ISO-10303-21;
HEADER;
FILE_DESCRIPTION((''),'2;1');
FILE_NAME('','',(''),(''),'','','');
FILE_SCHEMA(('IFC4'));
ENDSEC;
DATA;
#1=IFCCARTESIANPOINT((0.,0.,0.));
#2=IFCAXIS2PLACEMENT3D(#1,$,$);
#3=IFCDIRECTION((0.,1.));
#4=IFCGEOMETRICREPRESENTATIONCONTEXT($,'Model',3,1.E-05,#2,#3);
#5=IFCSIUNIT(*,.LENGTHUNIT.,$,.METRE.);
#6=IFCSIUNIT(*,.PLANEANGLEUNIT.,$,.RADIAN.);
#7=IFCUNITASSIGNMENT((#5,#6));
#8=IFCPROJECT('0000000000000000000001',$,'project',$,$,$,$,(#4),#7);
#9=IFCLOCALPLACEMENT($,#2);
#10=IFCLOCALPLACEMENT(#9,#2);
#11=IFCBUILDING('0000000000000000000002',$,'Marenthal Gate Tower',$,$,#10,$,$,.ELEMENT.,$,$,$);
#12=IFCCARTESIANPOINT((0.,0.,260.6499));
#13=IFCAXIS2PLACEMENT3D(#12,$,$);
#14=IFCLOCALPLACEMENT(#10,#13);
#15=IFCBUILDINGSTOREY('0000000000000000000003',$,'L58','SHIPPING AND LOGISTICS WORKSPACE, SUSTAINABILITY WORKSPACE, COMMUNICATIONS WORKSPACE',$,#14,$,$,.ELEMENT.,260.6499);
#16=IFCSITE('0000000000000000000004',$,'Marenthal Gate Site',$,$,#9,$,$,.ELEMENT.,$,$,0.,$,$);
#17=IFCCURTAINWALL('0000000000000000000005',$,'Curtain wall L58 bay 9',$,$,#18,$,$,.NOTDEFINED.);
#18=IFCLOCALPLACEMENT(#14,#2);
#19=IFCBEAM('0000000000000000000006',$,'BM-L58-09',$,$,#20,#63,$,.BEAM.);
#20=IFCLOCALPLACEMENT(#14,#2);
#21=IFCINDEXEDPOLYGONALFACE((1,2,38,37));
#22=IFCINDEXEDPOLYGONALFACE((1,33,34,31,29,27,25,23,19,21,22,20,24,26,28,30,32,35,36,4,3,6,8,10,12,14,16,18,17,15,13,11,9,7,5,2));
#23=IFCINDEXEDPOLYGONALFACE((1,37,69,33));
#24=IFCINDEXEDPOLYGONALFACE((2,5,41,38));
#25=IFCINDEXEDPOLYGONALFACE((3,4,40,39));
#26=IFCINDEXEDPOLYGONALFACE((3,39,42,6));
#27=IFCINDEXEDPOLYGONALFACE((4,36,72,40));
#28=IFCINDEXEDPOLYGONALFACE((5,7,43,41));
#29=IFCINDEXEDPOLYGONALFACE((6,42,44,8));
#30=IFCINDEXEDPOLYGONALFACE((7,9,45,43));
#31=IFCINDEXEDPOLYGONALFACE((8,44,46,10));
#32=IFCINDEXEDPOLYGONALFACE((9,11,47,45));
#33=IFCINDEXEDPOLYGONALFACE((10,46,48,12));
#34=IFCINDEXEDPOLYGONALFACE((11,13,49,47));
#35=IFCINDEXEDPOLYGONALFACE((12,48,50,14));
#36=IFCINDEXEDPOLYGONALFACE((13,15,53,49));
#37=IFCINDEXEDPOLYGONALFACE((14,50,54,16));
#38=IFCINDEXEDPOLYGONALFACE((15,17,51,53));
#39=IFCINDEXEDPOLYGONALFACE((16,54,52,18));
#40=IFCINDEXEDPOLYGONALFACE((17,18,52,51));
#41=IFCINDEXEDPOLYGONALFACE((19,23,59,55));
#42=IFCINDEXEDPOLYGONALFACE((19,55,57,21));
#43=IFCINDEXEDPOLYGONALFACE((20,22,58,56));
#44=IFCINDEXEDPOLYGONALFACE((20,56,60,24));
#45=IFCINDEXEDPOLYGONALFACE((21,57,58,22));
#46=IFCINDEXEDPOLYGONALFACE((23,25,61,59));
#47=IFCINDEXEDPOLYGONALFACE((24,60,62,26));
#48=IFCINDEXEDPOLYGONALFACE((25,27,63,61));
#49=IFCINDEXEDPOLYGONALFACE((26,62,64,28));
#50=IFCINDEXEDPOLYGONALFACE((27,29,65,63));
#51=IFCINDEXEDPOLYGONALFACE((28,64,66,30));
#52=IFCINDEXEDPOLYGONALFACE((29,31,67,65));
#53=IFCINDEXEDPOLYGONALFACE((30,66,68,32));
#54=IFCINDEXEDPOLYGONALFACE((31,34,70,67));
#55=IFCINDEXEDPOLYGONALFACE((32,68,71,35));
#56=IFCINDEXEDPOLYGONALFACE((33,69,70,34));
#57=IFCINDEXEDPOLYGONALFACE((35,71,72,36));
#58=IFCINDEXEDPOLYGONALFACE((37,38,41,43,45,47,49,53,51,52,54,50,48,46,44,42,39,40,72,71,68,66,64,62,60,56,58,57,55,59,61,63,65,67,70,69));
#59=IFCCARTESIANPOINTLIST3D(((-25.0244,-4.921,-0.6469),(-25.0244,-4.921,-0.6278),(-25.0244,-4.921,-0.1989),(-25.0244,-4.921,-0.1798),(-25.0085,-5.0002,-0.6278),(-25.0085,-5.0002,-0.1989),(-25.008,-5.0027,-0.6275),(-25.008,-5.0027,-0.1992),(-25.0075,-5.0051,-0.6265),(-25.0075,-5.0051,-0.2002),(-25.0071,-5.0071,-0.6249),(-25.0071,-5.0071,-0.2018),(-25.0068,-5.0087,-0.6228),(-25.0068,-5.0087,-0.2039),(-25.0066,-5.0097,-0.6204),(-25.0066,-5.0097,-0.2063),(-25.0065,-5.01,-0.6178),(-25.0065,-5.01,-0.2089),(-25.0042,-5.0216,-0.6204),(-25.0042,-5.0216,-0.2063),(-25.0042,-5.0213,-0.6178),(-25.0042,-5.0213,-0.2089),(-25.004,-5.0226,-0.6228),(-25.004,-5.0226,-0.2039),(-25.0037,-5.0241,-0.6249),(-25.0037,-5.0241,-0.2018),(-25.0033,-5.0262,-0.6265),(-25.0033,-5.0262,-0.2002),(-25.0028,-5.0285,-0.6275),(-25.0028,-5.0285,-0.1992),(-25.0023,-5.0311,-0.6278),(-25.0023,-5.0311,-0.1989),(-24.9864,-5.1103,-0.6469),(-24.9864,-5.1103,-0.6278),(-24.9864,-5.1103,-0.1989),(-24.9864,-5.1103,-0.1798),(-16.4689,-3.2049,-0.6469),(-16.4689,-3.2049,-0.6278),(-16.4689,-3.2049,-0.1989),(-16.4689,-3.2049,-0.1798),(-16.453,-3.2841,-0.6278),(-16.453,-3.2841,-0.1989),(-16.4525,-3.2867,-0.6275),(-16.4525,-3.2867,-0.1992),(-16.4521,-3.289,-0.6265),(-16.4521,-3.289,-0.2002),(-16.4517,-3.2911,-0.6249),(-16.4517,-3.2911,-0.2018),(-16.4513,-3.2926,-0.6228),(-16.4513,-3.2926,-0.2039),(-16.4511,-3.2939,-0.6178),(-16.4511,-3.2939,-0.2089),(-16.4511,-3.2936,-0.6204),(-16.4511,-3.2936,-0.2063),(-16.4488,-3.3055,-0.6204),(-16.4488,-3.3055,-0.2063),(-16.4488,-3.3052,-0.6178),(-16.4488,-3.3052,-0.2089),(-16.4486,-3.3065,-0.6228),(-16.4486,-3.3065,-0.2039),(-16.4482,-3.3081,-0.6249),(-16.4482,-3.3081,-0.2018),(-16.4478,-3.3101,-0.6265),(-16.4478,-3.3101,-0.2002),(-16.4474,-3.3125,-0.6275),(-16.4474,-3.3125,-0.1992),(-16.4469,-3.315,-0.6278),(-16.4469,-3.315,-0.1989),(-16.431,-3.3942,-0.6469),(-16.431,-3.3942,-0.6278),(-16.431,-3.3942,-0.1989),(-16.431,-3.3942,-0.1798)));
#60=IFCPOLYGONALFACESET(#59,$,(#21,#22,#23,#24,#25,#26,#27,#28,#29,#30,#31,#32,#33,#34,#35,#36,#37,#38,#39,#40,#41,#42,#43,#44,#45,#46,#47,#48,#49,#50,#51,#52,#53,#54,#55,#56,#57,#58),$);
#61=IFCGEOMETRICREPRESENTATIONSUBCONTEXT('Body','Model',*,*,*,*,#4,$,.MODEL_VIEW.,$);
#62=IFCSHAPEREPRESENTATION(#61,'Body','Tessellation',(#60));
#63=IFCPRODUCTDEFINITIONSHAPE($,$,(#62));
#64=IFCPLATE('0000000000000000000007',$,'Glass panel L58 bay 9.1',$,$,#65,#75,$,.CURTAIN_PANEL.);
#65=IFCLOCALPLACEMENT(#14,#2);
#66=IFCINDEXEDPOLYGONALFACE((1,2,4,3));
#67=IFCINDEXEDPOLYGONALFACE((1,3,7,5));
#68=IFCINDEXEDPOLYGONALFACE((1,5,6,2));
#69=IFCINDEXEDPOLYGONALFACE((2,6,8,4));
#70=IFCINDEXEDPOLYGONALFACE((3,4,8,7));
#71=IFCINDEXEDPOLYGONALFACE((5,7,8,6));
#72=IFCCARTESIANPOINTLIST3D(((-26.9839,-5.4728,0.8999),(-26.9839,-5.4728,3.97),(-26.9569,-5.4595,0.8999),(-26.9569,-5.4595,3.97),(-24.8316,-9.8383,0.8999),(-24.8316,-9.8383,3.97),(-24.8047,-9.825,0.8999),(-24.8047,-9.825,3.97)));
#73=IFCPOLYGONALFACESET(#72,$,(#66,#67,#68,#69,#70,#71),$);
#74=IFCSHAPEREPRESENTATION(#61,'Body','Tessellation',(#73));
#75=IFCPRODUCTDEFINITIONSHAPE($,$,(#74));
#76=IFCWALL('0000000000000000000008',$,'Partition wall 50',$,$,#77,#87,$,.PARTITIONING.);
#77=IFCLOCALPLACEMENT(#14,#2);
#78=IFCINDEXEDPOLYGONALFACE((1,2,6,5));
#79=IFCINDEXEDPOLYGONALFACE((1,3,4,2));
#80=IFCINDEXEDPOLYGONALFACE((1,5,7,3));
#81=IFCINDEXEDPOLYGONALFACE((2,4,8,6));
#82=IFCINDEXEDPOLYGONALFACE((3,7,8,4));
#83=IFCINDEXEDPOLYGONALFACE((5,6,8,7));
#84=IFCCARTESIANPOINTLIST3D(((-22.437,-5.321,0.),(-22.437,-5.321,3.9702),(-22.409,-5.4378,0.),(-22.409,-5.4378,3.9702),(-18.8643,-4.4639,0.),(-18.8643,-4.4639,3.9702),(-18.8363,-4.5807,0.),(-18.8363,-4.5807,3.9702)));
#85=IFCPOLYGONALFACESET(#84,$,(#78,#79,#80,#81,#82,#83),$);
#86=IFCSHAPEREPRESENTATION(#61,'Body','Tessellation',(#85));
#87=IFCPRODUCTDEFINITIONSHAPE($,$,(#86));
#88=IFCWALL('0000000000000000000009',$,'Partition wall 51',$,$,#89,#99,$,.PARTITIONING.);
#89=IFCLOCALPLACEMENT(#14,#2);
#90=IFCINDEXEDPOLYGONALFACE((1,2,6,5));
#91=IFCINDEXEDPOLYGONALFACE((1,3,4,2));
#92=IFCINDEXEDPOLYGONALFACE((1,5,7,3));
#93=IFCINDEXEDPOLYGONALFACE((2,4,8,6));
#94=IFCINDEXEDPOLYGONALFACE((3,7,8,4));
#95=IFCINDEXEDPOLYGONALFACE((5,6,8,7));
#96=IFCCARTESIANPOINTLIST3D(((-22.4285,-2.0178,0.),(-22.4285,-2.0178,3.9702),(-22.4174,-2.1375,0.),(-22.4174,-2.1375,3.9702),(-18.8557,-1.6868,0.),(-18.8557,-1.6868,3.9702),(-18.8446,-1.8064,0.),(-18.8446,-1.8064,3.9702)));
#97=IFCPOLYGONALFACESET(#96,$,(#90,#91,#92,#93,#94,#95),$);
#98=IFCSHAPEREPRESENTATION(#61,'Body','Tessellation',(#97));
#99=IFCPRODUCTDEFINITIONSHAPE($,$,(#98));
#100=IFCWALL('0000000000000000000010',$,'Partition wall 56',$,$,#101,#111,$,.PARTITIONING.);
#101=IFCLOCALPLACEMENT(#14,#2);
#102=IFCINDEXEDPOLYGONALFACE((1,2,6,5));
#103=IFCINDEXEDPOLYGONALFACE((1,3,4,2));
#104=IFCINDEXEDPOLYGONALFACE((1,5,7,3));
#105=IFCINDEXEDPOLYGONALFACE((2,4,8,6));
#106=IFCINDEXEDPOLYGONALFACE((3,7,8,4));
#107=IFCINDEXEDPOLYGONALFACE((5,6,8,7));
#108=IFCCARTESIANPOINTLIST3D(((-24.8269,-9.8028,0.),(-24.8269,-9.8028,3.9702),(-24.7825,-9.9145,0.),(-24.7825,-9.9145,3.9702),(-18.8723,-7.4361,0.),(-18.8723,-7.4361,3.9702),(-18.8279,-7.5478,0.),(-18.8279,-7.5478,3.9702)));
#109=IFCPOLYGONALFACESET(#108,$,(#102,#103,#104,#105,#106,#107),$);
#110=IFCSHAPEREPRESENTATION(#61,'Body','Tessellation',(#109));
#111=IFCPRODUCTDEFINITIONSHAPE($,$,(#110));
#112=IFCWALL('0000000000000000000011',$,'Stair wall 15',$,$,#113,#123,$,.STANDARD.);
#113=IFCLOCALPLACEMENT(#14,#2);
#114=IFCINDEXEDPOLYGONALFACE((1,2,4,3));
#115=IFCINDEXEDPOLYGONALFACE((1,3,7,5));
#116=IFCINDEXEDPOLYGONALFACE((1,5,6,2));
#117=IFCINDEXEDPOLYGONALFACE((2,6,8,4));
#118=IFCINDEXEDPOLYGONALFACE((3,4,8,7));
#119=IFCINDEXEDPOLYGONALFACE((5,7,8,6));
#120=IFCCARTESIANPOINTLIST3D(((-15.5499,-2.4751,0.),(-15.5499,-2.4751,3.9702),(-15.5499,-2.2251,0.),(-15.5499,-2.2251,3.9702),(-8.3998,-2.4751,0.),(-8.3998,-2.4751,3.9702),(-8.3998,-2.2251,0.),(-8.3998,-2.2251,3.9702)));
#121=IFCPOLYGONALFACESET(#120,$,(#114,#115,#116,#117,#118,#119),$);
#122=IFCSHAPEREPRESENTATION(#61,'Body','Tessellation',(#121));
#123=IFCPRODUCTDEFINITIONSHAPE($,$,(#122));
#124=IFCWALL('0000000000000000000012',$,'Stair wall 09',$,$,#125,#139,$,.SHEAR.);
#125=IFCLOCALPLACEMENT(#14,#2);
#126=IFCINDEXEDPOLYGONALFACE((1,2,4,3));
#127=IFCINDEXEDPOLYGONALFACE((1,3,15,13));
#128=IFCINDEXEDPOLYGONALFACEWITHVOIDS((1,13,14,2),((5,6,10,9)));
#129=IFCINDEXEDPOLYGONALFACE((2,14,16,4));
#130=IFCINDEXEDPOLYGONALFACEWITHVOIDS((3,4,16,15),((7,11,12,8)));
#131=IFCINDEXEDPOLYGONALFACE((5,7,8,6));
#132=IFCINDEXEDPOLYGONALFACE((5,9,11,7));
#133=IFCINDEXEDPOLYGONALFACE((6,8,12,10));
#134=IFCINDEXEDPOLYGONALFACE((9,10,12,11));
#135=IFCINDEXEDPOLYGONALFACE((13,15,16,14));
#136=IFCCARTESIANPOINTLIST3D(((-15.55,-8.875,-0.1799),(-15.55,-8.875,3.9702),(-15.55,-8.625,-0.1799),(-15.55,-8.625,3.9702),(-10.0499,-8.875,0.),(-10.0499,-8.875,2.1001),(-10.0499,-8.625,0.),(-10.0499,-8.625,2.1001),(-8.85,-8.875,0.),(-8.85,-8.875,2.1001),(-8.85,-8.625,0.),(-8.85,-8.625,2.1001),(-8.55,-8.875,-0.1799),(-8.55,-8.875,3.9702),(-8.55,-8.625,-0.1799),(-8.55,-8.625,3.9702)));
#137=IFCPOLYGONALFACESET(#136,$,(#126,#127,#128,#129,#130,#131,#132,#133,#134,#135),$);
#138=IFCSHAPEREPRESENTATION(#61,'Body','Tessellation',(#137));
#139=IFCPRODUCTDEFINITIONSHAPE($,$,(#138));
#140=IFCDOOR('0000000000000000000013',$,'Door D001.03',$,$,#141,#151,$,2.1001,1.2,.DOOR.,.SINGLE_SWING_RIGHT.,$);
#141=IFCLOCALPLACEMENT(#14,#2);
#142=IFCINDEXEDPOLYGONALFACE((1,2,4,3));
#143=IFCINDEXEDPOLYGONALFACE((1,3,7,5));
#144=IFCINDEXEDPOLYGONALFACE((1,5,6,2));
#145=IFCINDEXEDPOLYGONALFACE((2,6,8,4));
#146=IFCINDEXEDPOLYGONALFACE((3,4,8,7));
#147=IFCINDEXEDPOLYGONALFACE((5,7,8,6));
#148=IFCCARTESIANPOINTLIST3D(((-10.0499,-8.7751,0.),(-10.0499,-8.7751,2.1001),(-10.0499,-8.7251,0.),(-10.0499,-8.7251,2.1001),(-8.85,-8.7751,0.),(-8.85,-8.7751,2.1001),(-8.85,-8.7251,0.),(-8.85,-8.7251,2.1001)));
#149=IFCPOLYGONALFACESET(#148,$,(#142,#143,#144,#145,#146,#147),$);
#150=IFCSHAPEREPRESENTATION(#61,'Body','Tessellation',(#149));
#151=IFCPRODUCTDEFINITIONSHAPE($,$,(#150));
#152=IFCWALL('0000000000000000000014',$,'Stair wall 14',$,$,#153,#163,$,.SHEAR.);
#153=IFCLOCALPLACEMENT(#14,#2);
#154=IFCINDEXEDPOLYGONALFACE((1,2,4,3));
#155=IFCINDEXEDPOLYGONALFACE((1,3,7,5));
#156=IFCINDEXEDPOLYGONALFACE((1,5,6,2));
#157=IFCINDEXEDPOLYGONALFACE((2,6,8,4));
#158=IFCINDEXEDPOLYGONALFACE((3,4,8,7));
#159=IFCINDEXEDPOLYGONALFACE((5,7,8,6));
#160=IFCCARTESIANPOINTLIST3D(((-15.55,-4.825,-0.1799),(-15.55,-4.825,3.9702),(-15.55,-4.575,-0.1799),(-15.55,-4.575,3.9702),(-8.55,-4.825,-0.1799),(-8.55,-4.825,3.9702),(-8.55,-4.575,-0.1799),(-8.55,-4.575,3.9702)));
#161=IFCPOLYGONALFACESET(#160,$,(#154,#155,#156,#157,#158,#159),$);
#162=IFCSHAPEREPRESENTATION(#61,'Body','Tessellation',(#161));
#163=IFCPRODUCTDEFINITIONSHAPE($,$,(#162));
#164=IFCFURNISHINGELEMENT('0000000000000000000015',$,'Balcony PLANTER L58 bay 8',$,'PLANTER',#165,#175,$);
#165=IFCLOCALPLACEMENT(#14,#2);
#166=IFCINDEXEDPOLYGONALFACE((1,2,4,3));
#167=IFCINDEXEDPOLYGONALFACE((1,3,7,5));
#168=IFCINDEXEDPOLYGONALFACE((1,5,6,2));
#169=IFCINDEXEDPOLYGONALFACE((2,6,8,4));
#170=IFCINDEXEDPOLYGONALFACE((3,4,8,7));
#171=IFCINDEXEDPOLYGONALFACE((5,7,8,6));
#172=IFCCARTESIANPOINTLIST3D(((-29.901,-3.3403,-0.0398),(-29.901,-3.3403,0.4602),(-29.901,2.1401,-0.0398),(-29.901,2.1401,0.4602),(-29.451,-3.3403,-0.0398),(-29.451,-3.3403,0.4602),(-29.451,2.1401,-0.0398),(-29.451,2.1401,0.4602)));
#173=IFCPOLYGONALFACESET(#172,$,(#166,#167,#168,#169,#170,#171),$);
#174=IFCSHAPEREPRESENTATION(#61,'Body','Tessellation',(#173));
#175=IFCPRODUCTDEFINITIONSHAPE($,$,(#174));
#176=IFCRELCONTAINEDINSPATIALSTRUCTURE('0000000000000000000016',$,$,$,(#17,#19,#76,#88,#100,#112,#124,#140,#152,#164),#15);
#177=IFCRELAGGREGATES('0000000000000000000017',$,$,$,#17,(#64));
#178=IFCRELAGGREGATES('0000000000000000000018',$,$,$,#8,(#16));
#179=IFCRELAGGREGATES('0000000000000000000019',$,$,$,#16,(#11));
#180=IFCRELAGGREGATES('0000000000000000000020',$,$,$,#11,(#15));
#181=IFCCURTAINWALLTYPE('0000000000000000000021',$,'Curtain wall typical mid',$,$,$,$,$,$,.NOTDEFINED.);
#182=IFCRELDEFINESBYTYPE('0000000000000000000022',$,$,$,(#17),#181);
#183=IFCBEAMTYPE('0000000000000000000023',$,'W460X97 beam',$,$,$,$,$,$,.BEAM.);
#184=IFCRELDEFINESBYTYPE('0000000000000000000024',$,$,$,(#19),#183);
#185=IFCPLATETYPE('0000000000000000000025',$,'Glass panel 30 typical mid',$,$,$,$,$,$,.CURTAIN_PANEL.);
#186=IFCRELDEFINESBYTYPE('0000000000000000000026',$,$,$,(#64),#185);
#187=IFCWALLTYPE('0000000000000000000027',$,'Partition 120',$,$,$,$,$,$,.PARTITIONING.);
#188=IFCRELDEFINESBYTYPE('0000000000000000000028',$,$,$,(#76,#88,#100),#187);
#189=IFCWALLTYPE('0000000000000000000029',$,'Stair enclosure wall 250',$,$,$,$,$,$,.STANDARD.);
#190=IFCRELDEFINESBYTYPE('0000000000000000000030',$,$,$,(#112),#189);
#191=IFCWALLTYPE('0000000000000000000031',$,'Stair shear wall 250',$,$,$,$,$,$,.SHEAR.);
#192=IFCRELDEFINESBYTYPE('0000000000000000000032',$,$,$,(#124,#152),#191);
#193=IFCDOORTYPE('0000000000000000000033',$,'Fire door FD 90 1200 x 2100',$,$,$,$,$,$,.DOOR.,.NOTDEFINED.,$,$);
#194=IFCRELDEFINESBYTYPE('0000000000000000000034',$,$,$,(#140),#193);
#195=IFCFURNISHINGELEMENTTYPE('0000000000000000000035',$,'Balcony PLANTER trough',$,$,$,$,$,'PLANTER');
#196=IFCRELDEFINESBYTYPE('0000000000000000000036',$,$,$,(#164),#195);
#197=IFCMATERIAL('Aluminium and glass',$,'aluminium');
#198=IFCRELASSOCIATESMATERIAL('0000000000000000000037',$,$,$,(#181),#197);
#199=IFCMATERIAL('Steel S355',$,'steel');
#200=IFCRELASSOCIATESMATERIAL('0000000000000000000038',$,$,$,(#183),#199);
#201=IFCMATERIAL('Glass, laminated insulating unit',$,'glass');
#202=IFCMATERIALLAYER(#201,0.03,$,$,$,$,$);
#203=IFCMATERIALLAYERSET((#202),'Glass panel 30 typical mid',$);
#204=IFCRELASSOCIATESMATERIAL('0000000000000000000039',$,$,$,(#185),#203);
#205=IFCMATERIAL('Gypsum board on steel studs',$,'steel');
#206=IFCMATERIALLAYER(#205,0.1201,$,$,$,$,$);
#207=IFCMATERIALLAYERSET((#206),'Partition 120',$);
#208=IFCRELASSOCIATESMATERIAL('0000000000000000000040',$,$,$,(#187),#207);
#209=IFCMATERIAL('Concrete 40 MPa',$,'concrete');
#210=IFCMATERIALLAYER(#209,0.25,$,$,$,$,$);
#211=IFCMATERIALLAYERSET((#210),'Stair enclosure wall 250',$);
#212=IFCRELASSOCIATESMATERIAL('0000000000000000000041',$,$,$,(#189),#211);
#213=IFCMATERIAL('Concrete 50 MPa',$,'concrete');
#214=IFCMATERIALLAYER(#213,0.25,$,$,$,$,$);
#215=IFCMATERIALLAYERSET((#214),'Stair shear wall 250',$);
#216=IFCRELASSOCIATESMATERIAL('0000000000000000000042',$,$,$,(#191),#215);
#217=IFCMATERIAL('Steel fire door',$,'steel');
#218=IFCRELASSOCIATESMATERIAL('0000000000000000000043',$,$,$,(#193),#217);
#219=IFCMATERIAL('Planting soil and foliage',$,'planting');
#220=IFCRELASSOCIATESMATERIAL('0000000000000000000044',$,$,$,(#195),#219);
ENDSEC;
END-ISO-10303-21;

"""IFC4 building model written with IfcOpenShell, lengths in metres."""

from ifc_helpers import new_model, si_unit, direction, frame, frame_2d, origin, origin_2d, place, context, subcontext, project, spatial, rectangle, i_section, extrude, material, layer, layer_set, material_profile, profile_set, type_object, element, fill, aggregate, save


model = new_model("IFC4")

# Units and contexts
model_context = context("Model", 3, precision=1e-05, world=origin(), true_north=direction((0.0, 1.0)))
body_context = subcontext(model_context, "Body", "Model", "MODEL_VIEW")
ifc_project = project(units=[si_unit("LENGTHUNIT", "METRE"), si_unit("PLANEANGLEUNIT", "RADIAN")], contexts=[model_context])

# Site, building, storey
site_placement = place(None, origin())
site = spatial("IfcSite", under=ifc_project, at=site_placement, Name="Marenthal Gate Site", CompositionType="ELEMENT", RefElevation=0.0)
building_placement = place(site_placement, origin())
building = spatial("IfcBuilding", under=site, at=building_placement, Name="Marenthal Gate Tower", CompositionType="ELEMENT")
storey_placement = place(building_placement, frame((0.0, 0.0, 260.6499)))
storey = spatial("IfcBuildingStorey", under=building, at=storey_placement, Name="L58", Description="SHIPPING AND LOGISTICS WORKSPACE, SUSTAINABILITY WORKSPACE, COMMUNICATIONS WORKSPACE", CompositionType="ELEMENT", Elevation=260.6499)

# Curtain wall
ifc_material_1 = material(Name="Aluminium and glass", Category="aluminium")
curtain_wall_type = type_object("IfcCurtainWallType", Name="Curtain wall typical mid", PredefinedType="NOTDEFINED", material=ifc_material_1)
curtain_wall_placement = place(storey_placement, origin())
curtain_wall = element("IfcCurtainWall", 1, at=curtain_wall_placement, inside=storey, type_object=curtain_wall_type, Name="Curtain wall L58 bay 9", PredefinedType="NOTDEFINED")

# Beam
ifc_material_2 = material(Name="Steel S355", Category="steel")
ifc_material_profile_1 = material_profile(ifc_material_2, i_section(OverallWidth=0.1931, OverallDepth=0.467, WebThickness=0.0115, FlangeThickness=0.019, FilletRadius=0.01, at=origin_2d()), Name="W460X97")
ifc_profile_set_1 = profile_set([ifc_material_profile_1], Name="Steel S355")
beam_type_1 = type_object("IfcBeamType", Name="W460X97 beam", PredefinedType="BEAM", material=ifc_profile_set_1)
beam_1_placement = place(storey_placement, frame((-25.0054, -5.0156, -0.4133), z_axis=(0.980471, 0.196665, 0.0), x_axis=(-0.196665, 0.980471, 0.0)))
element("IfcBeam", 2, at=beam_1_placement, inside=storey, type_object=beam_type_1, Name="BM-L58-09", PredefinedType="BEAM", context=body_context, shape_type="SweptSolid", body=[
    extrude(i_section(OverallWidth=0.1931, OverallDepth=0.467, WebThickness=0.0115, FlangeThickness=0.019, FilletRadius=0.01, at=origin_2d()), origin(), (0.0, 0.0, 1.0), 8.7258),
])

# Plate
ifc_material_3 = material(Name="Glass, laminated insulating unit", Category="glass")
ifc_layer_1 = layer(ifc_material_3, 0.03)
ifc_layer_set_1 = layer_set([ifc_layer_1], Name="Glass panel 30 typical mid")
plate_type = type_object("IfcPlateType", Name="Glass panel 30 typical mid", PredefinedType="CURTAIN_PANEL", material=ifc_layer_set_1)
plate_placement = place(storey_placement, frame((-25.8943, -7.6489, 0.8999), z_axis=(0.0, 0.0, 1.0), x_axis=(0.442192, -0.896921, 0.0)))
plate = element("IfcPlate", 3, at=plate_placement, type_object=plate_type, Name="Glass panel L58 bay 9.1", PredefinedType="CURTAIN_PANEL", context=body_context, shape_type="SweptSolid", body=[
    extrude(rectangle(XDim=4.8672, YDim=0.03, at=origin_2d()), origin(), (0.0, 0.0, 1.0), 3.0701),
])
aggregate(curtain_wall, [plate])

# Walls
ifc_material_4 = material(Name="Gypsum board on steel studs", Category="steel")
ifc_layer_2 = layer(ifc_material_4, 0.1201)
ifc_layer_set_2 = layer_set([ifc_layer_2], Name="Partition 120")
wall_type_1 = type_object("IfcWallType", Name="Partition 120", PredefinedType="PARTITIONING", material=ifc_layer_set_2)
wall_1_placement = place(storey_placement, frame((-22.4229, -5.3794, 0.0), z_axis=(0.0, 0.0, 1.0), x_axis=(0.972405, 0.2333, 0.0)))
element("IfcWall", 4, at=wall_1_placement, inside=storey, type_object=wall_type_1, Name="Partition wall 50", PredefinedType="PARTITIONING", context=body_context, shape_type="SweptSolid", body=[
    extrude(rectangle(XDim=3.6741, YDim=0.1201, at=frame_2d((1.8369, 0.0))), origin(), (0.0, 0.0, 1.0), 3.9702),
])
wall_2_placement = place(storey_placement, frame((-22.4229, -2.0776, 0.0), z_axis=(0.0, 0.0, 1.0), x_axis=(0.995734, 0.092266, 0.0)))
element("IfcWall", 5, at=wall_2_placement, inside=storey, type_object=wall_type_1, Name="Partition wall 51", PredefinedType="PARTITIONING", context=body_context, shape_type="SweptSolid", body=[
    extrude(rectangle(XDim=3.5881, YDim=0.1201, at=frame_2d((1.7939, 0.0))), origin(), (0.0, 0.0, 1.0), 3.9702),
])
wall_3_placement = place(storey_placement, frame((-18.8501, -7.4919, 0.0), z_axis=(0.0, 0.0, 1.0), x_axis=(-0.929289, -0.369353, 0.0)))
element("IfcWall", 6, at=wall_3_placement, inside=storey, type_object=wall_type_1, Name="Partition wall 56", PredefinedType="PARTITIONING", context=body_context, shape_type="SweptSolid", body=[
    extrude(rectangle(XDim=6.4077, YDim=0.1201, at=frame_2d((3.2039, 0.0))), origin(), (0.0, 0.0, 1.0), 3.9702),
])
ifc_material_5 = material(Name="Concrete 40 MPa", Category="concrete")
ifc_layer_3 = layer(ifc_material_5, 0.25)
ifc_layer_set_3 = layer_set([ifc_layer_3], Name="Stair enclosure wall 250")
wall_type_2 = type_object("IfcWallType", Name="Stair enclosure wall 250", PredefinedType="STANDARD", material=ifc_layer_set_3)
wall_4_placement = place(storey_placement, frame((-15.55, -2.3501, 0.0), z_axis=(0.0, 0.0, 1.0), x_axis=(1.0, 0.0, 0.0)))
element("IfcWall", 7, at=wall_4_placement, inside=storey, type_object=wall_type_2, Name="Stair wall 15", PredefinedType="STANDARD", context=body_context, shape_type="SweptSolid", body=[
    extrude(rectangle(XDim=7.1501, YDim=0.25, at=frame_2d((3.5752, 0.0))), origin(), (0.0, 0.0, 1.0), 3.9702),
])

# Wall, opening, door
ifc_material_6 = material(Name="Concrete 50 MPa", Category="concrete")
ifc_layer_4 = layer(ifc_material_6, 0.25)
ifc_layer_set_4 = layer_set([ifc_layer_4], Name="Stair shear wall 250")
wall_type_3 = type_object("IfcWallType", Name="Stair shear wall 250", PredefinedType="SHEAR", material=ifc_layer_set_4)
wall_5_placement = place(storey_placement, frame((-15.55, -8.75, -0.1799), z_axis=(0.0, 0.0, 1.0), x_axis=(1.0, 0.0, 0.0)))
wall_5 = element("IfcWall", 8, at=wall_5_placement, inside=storey, type_object=wall_type_3, Name="Stair wall 09", PredefinedType="SHEAR", context=body_context, shape_type="SweptSolid", body=[
    extrude(rectangle(XDim=7.0, YDim=0.25, at=frame_2d((3.5, 0.0))), origin(), (0.0, 0.0, 1.0), 4.1501),
])
opening_placement = place(wall_5_placement, frame((5.5, 0.0, 0.1799)))
opening = element("IfcOpeningElement", 9, at=opening_placement, cuts=wall_5, PredefinedType="OPENING", context=body_context, shape_type="SweptSolid", body=[
    extrude(rectangle(XDim=1.2, YDim=2.1001, at=frame_2d((0.6001, 1.05))), frame((0.0, 0.135, 0.0), z_axis=(0.0, -1.0, 0.0), x_axis=(1.0, 0.0, 0.0)), (0.0, 0.0, 1.0), 0.27),
])
ifc_material_7 = material(Name="Steel fire door", Category="steel")
door_type = type_object("IfcDoorType", Name="Fire door FD 90 1200 x 2100", OperationType="NOTDEFINED", PredefinedType="DOOR", material=ifc_material_7)
door_placement = place(opening_placement, origin())
door = element("IfcDoor", 10, at=door_placement, inside=storey, type_object=door_type, Name="Door D001.03", OperationType="SINGLE_SWING_RIGHT", OverallHeight=2.1001, OverallWidth=1.2, PredefinedType="DOOR", context=body_context, shape_type="SweptSolid", body=[
    extrude(rectangle(XDim=1.2, YDim=2.1001, at=frame_2d((0.6001, 1.05))), frame((0.0, 0.0249, 0.0), z_axis=(0.0, -1.0, 0.0), x_axis=(1.0, 0.0, 0.0)), (0.0, 0.0, 1.0), 0.05),
])
fill(opening, door)

# Wall
wall_6_placement = place(storey_placement, frame((-15.55, -4.7, -0.1799), z_axis=(0.0, 0.0, 1.0), x_axis=(1.0, 0.0, 0.0)))
element("IfcWall", 11, at=wall_6_placement, inside=storey, type_object=wall_type_3, Name="Stair wall 14", PredefinedType="SHEAR", context=body_context, shape_type="SweptSolid", body=[
    extrude(rectangle(XDim=7.0, YDim=0.25, at=frame_2d((3.5, 0.0))), origin(), (0.0, 0.0, 1.0), 4.1501),
])

# Furnishing element
ifc_material_8 = material(Name="Planting soil and foliage", Category="planting")
furnishing_element_type = type_object("IfcFurnishingElementType", Name="Balcony PLANTER trough", ElementType="PLANTER", material=ifc_material_8)
furnishing_placement = place(storey_placement, frame((-29.676, -0.6001, -0.0398), z_axis=(0.0, 0.0, 1.0), x_axis=(0.0, -1.0, 0.0)))
element("IfcFurnishingElement", 12, at=furnishing_placement, inside=storey, type_object=furnishing_element_type, Name="Balcony PLANTER L58 bay 8", ObjectType="PLANTER", context=body_context, shape_type="SweptSolid", body=[
    extrude(rectangle(XDim=5.4805, YDim=0.45, at=origin_2d()), origin(), (0.0, 0.0, 1.0), 0.5),
])

save(model, "model.ifc")
